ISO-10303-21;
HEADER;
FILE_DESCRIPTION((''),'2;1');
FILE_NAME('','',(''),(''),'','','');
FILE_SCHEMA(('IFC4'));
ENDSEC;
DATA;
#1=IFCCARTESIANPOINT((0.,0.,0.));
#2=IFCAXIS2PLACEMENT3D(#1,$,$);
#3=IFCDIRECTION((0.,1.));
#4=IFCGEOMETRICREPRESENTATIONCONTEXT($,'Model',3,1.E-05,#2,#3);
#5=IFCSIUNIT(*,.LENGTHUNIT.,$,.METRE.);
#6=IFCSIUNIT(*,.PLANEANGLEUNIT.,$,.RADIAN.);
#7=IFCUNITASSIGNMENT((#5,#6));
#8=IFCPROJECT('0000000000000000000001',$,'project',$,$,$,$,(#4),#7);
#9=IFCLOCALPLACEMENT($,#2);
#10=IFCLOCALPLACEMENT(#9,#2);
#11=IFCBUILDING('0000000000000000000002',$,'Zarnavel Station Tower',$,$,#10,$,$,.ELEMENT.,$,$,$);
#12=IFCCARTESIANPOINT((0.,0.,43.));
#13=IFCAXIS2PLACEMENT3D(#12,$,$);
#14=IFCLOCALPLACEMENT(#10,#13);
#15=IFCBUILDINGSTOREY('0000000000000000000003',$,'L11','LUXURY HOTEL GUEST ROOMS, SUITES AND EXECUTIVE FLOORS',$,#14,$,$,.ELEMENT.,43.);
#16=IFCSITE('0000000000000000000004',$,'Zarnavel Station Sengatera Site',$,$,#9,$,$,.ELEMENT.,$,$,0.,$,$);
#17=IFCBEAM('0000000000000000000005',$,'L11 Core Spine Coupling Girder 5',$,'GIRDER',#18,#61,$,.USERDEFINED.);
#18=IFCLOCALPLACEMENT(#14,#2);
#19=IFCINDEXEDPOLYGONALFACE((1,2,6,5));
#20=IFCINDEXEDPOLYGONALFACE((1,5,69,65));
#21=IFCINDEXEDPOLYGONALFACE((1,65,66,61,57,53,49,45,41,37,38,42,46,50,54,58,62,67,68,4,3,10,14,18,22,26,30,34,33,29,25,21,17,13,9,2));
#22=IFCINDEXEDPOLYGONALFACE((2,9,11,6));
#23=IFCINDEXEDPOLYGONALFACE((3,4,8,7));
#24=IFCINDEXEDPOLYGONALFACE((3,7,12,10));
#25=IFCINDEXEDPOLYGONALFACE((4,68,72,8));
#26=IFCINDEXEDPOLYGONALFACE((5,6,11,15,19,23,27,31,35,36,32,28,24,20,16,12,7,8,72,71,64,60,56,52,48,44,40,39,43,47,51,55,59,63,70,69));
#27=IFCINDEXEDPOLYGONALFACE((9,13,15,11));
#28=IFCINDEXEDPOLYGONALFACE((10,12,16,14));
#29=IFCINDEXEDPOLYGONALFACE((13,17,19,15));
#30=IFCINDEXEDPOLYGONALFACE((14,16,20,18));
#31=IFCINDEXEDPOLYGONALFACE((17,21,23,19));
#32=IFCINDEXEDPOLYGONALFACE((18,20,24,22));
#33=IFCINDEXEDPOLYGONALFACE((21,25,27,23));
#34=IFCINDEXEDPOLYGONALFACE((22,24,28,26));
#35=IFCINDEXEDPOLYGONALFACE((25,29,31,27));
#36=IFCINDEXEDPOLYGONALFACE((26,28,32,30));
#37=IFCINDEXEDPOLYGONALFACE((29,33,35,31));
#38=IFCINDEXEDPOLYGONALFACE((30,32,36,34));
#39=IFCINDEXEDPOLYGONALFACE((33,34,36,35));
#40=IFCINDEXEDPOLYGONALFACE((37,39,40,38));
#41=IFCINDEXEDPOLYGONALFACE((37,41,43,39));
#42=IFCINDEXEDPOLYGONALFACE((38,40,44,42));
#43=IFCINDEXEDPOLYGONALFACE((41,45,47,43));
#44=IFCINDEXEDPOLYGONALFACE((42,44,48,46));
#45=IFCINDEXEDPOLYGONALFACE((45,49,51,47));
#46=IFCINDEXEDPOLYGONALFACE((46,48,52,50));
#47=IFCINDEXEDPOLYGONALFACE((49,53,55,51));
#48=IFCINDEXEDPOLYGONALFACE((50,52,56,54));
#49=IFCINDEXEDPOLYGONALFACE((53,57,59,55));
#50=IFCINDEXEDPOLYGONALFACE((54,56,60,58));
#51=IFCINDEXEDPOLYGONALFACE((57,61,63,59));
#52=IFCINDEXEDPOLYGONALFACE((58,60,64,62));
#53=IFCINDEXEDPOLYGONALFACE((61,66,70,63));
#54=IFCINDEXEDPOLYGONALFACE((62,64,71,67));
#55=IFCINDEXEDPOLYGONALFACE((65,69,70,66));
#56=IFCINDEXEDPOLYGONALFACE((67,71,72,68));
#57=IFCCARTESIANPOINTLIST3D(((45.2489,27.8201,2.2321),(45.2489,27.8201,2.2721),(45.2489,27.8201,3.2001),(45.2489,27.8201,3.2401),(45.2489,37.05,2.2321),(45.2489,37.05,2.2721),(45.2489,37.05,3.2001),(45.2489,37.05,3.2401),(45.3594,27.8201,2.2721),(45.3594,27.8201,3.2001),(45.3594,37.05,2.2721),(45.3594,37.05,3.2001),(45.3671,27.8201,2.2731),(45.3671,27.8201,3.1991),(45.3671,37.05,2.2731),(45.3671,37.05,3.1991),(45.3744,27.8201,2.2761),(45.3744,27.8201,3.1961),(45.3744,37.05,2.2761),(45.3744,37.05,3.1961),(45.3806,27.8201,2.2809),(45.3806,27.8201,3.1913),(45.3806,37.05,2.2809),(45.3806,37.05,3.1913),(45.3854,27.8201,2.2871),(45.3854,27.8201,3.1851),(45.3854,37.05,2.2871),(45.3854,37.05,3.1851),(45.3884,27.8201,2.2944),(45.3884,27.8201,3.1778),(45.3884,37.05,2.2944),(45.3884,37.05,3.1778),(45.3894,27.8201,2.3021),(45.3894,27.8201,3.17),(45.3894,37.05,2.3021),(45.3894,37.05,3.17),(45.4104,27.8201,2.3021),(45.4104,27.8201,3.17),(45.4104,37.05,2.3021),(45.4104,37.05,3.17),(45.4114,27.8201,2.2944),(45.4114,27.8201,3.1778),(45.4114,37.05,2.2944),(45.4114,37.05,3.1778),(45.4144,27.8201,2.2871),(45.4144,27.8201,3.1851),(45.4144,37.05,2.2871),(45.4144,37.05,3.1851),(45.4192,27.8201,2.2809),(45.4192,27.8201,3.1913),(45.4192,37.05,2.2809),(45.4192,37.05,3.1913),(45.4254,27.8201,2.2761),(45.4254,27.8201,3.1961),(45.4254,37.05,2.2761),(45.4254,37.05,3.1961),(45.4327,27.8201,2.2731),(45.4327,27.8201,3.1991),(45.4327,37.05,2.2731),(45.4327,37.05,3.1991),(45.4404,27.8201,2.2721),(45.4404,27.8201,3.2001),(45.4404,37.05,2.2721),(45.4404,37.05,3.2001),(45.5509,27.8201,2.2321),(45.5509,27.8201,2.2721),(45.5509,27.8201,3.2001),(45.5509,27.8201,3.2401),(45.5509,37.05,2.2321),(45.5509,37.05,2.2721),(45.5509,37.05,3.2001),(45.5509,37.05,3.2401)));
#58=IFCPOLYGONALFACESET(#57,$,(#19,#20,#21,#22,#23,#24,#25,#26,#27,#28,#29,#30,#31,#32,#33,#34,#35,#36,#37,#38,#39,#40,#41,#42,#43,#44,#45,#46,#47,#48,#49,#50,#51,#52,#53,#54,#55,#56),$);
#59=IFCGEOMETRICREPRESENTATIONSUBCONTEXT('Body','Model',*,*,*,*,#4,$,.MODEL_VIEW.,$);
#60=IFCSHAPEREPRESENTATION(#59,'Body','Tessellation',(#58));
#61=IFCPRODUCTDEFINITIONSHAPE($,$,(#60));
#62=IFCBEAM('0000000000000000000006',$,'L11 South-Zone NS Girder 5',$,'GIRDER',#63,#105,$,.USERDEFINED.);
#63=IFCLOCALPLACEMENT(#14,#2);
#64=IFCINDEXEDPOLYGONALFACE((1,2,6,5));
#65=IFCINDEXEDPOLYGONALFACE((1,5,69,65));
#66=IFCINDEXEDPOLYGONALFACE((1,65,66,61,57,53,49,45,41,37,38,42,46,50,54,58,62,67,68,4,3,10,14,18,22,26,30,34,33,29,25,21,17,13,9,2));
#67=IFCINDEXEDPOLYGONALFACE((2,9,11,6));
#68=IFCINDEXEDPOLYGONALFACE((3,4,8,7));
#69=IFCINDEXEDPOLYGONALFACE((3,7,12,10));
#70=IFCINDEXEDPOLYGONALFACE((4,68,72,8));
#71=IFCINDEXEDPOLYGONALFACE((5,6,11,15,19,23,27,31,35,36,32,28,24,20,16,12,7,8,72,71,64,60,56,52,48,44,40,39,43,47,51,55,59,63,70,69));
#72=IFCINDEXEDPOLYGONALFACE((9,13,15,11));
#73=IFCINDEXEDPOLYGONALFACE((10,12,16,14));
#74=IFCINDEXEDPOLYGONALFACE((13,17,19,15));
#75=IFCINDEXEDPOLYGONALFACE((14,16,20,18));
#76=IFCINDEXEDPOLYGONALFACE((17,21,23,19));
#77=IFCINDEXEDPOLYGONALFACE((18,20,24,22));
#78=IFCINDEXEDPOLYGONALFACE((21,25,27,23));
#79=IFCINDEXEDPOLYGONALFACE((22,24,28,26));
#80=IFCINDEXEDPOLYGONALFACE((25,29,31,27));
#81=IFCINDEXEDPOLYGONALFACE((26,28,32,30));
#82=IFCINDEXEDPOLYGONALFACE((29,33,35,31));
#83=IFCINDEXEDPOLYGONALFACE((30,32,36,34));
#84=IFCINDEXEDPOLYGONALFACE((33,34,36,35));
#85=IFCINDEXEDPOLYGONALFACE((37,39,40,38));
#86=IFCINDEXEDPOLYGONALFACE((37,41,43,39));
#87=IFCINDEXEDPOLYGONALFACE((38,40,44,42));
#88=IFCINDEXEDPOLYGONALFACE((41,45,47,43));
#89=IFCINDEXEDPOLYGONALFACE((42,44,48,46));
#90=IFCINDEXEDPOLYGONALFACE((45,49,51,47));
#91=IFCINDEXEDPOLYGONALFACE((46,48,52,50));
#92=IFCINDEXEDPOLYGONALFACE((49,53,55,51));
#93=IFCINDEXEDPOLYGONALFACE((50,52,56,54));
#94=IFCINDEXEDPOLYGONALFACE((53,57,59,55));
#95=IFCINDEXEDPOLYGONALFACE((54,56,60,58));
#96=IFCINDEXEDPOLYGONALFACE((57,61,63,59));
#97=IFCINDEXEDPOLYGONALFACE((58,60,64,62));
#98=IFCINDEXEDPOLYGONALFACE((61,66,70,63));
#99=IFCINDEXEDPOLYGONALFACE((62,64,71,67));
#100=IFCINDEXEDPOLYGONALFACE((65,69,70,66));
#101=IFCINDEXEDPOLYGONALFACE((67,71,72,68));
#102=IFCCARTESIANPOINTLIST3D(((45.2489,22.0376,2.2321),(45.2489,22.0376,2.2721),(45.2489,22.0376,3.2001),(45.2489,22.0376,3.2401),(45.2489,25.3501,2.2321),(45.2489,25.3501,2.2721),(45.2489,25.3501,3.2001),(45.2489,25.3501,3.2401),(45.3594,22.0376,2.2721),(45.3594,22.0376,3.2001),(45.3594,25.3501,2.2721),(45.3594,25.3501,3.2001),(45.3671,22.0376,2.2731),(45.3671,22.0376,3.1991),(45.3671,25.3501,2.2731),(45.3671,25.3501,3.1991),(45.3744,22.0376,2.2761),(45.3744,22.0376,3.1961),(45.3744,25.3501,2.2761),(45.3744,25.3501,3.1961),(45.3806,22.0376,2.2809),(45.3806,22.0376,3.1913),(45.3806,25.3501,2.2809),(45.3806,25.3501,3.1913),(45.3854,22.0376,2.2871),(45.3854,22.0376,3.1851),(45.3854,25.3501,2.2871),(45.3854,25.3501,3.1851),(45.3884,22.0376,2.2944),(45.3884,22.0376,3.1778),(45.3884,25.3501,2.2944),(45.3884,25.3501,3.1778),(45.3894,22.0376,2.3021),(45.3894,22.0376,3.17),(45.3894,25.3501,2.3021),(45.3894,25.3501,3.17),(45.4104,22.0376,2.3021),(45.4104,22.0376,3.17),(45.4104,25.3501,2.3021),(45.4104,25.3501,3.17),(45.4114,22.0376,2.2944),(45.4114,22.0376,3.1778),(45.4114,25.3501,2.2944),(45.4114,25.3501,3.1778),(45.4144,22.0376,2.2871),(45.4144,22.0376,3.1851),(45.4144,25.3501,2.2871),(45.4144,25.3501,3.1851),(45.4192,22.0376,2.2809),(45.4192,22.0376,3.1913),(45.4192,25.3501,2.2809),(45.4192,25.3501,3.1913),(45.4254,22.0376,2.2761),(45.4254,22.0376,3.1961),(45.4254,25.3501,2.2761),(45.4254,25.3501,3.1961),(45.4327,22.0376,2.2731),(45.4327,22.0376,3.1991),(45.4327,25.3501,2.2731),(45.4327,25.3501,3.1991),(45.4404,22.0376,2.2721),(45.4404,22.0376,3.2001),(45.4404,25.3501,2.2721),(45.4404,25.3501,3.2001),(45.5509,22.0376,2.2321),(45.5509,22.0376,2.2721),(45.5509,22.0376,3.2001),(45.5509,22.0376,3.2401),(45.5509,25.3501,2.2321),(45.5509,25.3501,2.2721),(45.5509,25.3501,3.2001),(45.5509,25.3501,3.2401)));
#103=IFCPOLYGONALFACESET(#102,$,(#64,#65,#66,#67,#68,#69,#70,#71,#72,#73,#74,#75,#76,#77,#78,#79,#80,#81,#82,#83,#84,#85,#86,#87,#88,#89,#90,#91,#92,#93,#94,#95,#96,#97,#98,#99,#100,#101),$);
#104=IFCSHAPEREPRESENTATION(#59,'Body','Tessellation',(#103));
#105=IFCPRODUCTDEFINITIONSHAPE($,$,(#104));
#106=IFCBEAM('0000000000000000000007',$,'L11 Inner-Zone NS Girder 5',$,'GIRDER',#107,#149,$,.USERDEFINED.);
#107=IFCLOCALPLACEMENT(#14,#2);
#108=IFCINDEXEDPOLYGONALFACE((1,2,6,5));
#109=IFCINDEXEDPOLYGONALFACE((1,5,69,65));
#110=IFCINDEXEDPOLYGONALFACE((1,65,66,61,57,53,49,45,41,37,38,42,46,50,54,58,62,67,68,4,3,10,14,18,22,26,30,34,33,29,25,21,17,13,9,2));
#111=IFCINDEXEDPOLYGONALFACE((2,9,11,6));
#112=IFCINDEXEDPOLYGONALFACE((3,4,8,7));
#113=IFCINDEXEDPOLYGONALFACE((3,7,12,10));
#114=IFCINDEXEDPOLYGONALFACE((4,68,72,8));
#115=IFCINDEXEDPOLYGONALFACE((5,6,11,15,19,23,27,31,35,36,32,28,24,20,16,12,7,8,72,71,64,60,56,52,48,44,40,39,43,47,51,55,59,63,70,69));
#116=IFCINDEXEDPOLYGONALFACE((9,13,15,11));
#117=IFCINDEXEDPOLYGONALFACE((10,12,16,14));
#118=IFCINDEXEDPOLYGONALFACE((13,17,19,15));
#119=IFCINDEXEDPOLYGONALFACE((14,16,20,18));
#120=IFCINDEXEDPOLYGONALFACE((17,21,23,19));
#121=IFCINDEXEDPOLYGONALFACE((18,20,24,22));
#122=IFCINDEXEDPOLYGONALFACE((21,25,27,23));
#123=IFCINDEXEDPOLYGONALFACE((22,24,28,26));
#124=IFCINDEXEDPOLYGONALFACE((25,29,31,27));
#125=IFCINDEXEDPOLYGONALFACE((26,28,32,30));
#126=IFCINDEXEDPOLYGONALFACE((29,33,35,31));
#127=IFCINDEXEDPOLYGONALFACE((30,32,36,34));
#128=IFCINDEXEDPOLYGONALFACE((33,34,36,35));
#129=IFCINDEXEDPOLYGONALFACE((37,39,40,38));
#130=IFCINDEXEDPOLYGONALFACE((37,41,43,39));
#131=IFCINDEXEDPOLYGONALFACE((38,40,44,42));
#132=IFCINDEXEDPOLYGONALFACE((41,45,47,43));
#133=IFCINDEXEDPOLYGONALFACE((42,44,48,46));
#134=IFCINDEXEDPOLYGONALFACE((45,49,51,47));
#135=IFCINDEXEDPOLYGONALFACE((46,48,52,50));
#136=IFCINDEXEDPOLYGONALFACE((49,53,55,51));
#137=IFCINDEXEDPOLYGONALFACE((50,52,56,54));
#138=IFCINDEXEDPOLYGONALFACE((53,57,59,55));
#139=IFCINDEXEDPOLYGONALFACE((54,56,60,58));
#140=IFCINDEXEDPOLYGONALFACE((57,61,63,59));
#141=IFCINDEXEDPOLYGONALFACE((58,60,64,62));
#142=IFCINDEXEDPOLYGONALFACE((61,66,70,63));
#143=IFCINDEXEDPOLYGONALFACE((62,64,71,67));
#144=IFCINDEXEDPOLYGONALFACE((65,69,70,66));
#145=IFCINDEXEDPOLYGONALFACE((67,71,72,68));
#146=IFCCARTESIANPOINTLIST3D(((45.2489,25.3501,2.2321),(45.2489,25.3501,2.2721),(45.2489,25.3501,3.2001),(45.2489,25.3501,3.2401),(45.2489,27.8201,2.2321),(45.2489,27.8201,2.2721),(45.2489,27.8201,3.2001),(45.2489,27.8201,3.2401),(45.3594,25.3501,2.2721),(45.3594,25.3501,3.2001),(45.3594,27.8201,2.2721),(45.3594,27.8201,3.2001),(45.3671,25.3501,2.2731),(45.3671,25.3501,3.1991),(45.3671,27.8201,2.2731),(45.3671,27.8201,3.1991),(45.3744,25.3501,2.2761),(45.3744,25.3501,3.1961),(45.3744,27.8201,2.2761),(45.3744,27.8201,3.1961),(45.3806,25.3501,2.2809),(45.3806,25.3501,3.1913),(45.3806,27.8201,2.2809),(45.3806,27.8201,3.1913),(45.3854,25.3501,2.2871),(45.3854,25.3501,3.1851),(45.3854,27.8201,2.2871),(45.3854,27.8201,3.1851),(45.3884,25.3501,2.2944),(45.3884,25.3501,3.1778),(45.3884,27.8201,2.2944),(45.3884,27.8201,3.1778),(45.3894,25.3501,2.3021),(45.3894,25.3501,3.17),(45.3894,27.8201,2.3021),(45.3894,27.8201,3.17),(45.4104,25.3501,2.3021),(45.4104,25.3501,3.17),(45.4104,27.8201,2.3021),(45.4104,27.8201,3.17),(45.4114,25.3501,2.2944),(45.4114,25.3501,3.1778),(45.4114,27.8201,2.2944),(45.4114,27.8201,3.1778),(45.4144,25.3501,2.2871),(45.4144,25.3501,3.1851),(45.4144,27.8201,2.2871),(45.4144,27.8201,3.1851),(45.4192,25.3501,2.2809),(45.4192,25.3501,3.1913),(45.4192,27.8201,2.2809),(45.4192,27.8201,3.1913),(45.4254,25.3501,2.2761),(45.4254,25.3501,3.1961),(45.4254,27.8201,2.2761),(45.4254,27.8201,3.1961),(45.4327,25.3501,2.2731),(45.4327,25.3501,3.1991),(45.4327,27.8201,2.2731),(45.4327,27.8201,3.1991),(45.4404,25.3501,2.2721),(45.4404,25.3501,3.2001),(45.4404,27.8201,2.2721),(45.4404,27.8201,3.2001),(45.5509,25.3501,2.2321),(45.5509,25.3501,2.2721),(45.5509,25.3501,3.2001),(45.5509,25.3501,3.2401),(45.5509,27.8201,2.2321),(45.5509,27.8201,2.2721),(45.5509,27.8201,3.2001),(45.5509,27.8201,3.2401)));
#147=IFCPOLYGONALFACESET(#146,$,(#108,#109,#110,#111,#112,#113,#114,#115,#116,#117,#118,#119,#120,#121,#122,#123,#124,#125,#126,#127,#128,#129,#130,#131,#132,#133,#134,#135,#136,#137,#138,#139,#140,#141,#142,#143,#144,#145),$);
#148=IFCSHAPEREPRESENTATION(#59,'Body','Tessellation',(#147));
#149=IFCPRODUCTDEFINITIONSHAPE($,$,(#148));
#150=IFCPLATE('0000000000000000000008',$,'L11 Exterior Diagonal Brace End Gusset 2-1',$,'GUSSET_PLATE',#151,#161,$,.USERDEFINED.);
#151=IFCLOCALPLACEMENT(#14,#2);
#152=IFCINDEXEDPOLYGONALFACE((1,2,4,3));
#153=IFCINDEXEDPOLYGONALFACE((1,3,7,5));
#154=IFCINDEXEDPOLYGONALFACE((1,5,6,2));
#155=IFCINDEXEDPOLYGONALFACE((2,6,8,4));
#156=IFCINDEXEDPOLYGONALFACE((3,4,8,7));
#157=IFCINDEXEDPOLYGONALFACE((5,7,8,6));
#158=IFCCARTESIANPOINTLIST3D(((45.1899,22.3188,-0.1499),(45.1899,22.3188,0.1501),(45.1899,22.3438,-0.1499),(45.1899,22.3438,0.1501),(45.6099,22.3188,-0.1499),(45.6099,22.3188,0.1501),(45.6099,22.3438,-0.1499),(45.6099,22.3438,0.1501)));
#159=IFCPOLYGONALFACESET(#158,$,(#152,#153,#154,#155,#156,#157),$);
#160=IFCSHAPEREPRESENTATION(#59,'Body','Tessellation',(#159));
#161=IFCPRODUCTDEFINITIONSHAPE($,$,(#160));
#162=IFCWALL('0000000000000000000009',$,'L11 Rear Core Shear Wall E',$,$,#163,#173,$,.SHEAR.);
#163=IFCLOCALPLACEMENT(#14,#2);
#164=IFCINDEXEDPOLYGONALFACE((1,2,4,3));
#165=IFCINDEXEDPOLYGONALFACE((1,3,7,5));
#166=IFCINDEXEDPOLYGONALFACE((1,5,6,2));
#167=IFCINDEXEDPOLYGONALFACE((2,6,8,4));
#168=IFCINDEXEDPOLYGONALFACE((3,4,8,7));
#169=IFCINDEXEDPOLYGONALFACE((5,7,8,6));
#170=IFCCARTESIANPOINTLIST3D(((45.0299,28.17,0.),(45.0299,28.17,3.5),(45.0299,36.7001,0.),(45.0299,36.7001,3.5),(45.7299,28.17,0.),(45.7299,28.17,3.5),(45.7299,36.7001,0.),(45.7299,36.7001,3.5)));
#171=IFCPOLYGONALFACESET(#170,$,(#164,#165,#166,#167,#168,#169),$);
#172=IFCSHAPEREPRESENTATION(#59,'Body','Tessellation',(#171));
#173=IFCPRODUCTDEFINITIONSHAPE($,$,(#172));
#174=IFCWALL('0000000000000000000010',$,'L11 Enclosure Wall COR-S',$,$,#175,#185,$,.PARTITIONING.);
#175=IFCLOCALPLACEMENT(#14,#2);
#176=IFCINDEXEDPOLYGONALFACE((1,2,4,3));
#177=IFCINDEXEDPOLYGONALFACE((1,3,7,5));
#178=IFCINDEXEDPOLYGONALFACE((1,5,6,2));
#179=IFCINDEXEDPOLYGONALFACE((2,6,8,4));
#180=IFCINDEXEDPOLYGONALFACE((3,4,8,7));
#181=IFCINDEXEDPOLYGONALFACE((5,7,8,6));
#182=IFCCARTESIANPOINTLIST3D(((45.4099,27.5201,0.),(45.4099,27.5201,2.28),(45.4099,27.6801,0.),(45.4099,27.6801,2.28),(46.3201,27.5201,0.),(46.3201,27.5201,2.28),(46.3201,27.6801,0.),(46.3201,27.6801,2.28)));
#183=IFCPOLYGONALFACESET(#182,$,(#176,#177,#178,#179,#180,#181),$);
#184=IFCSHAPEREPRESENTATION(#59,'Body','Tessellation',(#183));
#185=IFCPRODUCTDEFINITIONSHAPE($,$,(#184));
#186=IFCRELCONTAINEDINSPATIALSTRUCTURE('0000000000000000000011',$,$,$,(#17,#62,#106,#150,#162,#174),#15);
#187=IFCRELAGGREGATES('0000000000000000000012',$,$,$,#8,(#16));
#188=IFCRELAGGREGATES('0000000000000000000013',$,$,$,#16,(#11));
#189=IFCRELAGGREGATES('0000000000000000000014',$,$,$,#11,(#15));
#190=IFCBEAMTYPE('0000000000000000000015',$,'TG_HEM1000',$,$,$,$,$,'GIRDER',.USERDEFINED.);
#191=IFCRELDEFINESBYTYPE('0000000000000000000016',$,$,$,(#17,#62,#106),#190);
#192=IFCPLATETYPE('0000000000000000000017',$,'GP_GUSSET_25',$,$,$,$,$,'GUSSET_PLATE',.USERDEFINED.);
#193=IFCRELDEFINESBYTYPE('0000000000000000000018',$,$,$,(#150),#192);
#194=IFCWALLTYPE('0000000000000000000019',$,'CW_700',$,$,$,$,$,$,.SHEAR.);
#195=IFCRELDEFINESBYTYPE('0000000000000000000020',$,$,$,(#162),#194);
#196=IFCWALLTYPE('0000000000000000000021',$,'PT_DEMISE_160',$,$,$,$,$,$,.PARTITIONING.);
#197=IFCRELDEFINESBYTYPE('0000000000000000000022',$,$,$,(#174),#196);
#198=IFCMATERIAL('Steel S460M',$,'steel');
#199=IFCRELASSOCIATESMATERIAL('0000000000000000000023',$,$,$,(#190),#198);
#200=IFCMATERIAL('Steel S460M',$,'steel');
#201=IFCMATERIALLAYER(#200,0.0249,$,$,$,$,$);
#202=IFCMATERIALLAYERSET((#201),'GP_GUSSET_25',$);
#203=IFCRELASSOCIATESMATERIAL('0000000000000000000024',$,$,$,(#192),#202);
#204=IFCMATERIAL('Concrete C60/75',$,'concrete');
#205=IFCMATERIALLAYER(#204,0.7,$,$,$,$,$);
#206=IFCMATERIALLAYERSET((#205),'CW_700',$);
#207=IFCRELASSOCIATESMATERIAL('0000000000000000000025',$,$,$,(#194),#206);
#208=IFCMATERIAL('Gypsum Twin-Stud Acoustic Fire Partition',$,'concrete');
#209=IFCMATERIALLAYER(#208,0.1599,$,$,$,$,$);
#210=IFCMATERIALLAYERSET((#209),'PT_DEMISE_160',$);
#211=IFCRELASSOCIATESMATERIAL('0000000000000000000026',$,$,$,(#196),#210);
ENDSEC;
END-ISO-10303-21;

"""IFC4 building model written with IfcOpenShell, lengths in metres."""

from ifc_helpers import new_model, si_unit, direction, frame, frame_2d, origin, origin_2d, place, context, subcontext, project, spatial, rectangle, i_section, extrude, material, layer, layer_set, material_profile, profile_set, type_object, element, save


model = new_model("IFC4")

# Units and contexts
model_context = context("Model", 3, precision=1e-05, world=origin(), true_north=direction((0.0, 1.0)))
body_context = subcontext(model_context, "Body", "Model", "MODEL_VIEW")
ifc_project = project(units=[si_unit("LENGTHUNIT", "METRE"), si_unit("PLANEANGLEUNIT", "RADIAN")], contexts=[model_context])

# Site, building, storey
site_placement = place(None, origin())
site = spatial("IfcSite", under=ifc_project, at=site_placement, Name="Zarnavel Station Sengatera Site", CompositionType="ELEMENT", RefElevation=0.0)
building_placement = place(site_placement, origin())
building = spatial("IfcBuilding", under=site, at=building_placement, Name="Zarnavel Station Tower", CompositionType="ELEMENT")
storey_placement = place(building_placement, frame((0.0, 0.0, 43.0)))
storey = spatial("IfcBuildingStorey", under=building, at=storey_placement, Name="L11", Description="LUXURY HOTEL GUEST ROOMS, SUITES AND EXECUTIVE FLOORS", CompositionType="ELEMENT", Elevation=43.0)

# Beams
ifc_material_1 = material(Name="Steel S460M", Category="steel")
ifc_material_profile_1 = material_profile(ifc_material_1, i_section(OverallWidth=0.302, OverallDepth=1.0081, WebThickness=0.021, FlangeThickness=0.04, FilletRadius=0.03, at=origin_2d()), Name="HEM1000")
ifc_profile_set_1 = profile_set([ifc_material_profile_1], Name="Steel S460M")
beam_type_1 = type_object("IfcBeamType", Name="TG_HEM1000", ElementType="GIRDER", PredefinedType="USERDEFINED", material=ifc_profile_set_1)
beam_1_placement = place(storey_placement, frame((45.3999, 27.8201, 2.7361), z_axis=(0.0, 1.0, 0.0), x_axis=(-1.0, 0.0, 0.0)))
element("IfcBeam", 1, at=beam_1_placement, inside=storey, type_object=beam_type_1, Name="L11 Core Spine Coupling Girder 5", ObjectType="GIRDER", PredefinedType="USERDEFINED", context=body_context, shape_type="SweptSolid", body=[
    extrude(i_section(OverallWidth=0.302, OverallDepth=1.0081, WebThickness=0.021, FlangeThickness=0.04, FilletRadius=0.03, at=origin_2d()), origin(), (0.0, 0.0, 1.0), 9.23),
])
beam_2_placement = place(storey_placement, frame((45.3999, 22.0376, 2.7361), z_axis=(0.0, 1.0, 0.0), x_axis=(-1.0, 0.0, 0.0)))
element("IfcBeam", 2, at=beam_2_placement, inside=storey, type_object=beam_type_1, Name="L11 South-Zone NS Girder 5", ObjectType="GIRDER", PredefinedType="USERDEFINED", context=body_context, shape_type="SweptSolid", body=[
    extrude(i_section(OverallWidth=0.302, OverallDepth=1.0081, WebThickness=0.021, FlangeThickness=0.04, FilletRadius=0.03, at=origin_2d()), origin(), (0.0, 0.0, 1.0), 3.3125),
])
beam_3_placement = place(storey_placement, frame((45.3999, 25.3501, 2.7361), z_axis=(0.0, 1.0, 0.0), x_axis=(-1.0, 0.0, 0.0)))
element("IfcBeam", 3, at=beam_3_placement, inside=storey, type_object=beam_type_1, Name="L11 Inner-Zone NS Girder 5", ObjectType="GIRDER", PredefinedType="USERDEFINED", context=body_context, shape_type="SweptSolid", body=[
    extrude(i_section(OverallWidth=0.302, OverallDepth=1.0081, WebThickness=0.021, FlangeThickness=0.04, FilletRadius=0.03, at=origin_2d()), origin(), (0.0, 0.0, 1.0), 2.47),
])

# Plate
ifc_material_2 = material(Name="Steel S460M", Category="steel")
ifc_layer_1 = layer(ifc_material_2, 0.0249)
ifc_layer_set_1 = layer_set([ifc_layer_1], Name="GP_GUSSET_25")
plate_type = type_object("IfcPlateType", Name="GP_GUSSET_25", ElementType="GUSSET_PLATE", PredefinedType="USERDEFINED", material=ifc_layer_set_1)
plate_placement = place(storey_placement, frame((45.3999, 22.3313, -0.1499), z_axis=(0.0, 0.0, 1.0), x_axis=(1.0, 0.0, 0.0)))
element("IfcPlate", 4, at=plate_placement, inside=storey, type_object=plate_type, Name="L11 Exterior Diagonal Brace End Gusset 2-1", ObjectType="GUSSET_PLATE", PredefinedType="USERDEFINED", context=body_context, shape_type="SweptSolid", body=[
    extrude(rectangle(XDim=0.4199, YDim=0.0249, at=origin_2d()), origin(), (0.0, 0.0, 1.0), 0.3),
])

# Shared definitions
ifc_material_3 = material(Name="Concrete C60/75", Category="concrete")
ifc_layer_2 = layer(ifc_material_3, 0.7)
ifc_layer_set_2 = layer_set([ifc_layer_2], Name="CW_700")
wall_type_1 = type_object("IfcWallType", Name="CW_700", PredefinedType="SHEAR", material=ifc_layer_set_2)

# Walls
wall_1_placement = place(storey_placement, frame((45.3799, 28.1699, 0.0), z_axis=(0.0, 0.0, 1.0), x_axis=(0.0, 1.0, 0.0)))
element("IfcWall", 5, at=wall_1_placement, inside=storey, type_object=wall_type_1, Name="L11 Rear Core Shear Wall E", PredefinedType="SHEAR", context=body_context, shape_type="SweptSolid", body=[
    extrude(rectangle(XDim=8.53, YDim=0.7, at=frame_2d((4.2651, 0.0))), origin(), (0.0, 0.0, 1.0), 3.5),
])
ifc_material_4 = material(Name="Gypsum Twin-Stud Acoustic Fire Partition", Category="concrete")
ifc_layer_3 = layer(ifc_material_4, 0.1599)
ifc_layer_set_3 = layer_set([ifc_layer_3], Name="PT_DEMISE_160")
wall_type_2 = type_object("IfcWallType", Name="PT_DEMISE_160", PredefinedType="PARTITIONING", material=ifc_layer_set_3)
wall_2_placement = place(storey_placement, frame((45.4099, 27.6001, 0.0), z_axis=(0.0, 0.0, 1.0), x_axis=(1.0, 0.0, 0.0)))
element("IfcWall", 6, at=wall_2_placement, inside=storey, type_object=wall_type_2, Name="L11 Enclosure Wall COR-S", PredefinedType="PARTITIONING", context=body_context, shape_type="SweptSolid", body=[
    extrude(rectangle(XDim=0.9102, YDim=0.1599, at=frame_2d((0.4551, 0.0))), origin(), (0.0, 0.0, 1.0), 2.28),
])

save(model, "model.ifc")
